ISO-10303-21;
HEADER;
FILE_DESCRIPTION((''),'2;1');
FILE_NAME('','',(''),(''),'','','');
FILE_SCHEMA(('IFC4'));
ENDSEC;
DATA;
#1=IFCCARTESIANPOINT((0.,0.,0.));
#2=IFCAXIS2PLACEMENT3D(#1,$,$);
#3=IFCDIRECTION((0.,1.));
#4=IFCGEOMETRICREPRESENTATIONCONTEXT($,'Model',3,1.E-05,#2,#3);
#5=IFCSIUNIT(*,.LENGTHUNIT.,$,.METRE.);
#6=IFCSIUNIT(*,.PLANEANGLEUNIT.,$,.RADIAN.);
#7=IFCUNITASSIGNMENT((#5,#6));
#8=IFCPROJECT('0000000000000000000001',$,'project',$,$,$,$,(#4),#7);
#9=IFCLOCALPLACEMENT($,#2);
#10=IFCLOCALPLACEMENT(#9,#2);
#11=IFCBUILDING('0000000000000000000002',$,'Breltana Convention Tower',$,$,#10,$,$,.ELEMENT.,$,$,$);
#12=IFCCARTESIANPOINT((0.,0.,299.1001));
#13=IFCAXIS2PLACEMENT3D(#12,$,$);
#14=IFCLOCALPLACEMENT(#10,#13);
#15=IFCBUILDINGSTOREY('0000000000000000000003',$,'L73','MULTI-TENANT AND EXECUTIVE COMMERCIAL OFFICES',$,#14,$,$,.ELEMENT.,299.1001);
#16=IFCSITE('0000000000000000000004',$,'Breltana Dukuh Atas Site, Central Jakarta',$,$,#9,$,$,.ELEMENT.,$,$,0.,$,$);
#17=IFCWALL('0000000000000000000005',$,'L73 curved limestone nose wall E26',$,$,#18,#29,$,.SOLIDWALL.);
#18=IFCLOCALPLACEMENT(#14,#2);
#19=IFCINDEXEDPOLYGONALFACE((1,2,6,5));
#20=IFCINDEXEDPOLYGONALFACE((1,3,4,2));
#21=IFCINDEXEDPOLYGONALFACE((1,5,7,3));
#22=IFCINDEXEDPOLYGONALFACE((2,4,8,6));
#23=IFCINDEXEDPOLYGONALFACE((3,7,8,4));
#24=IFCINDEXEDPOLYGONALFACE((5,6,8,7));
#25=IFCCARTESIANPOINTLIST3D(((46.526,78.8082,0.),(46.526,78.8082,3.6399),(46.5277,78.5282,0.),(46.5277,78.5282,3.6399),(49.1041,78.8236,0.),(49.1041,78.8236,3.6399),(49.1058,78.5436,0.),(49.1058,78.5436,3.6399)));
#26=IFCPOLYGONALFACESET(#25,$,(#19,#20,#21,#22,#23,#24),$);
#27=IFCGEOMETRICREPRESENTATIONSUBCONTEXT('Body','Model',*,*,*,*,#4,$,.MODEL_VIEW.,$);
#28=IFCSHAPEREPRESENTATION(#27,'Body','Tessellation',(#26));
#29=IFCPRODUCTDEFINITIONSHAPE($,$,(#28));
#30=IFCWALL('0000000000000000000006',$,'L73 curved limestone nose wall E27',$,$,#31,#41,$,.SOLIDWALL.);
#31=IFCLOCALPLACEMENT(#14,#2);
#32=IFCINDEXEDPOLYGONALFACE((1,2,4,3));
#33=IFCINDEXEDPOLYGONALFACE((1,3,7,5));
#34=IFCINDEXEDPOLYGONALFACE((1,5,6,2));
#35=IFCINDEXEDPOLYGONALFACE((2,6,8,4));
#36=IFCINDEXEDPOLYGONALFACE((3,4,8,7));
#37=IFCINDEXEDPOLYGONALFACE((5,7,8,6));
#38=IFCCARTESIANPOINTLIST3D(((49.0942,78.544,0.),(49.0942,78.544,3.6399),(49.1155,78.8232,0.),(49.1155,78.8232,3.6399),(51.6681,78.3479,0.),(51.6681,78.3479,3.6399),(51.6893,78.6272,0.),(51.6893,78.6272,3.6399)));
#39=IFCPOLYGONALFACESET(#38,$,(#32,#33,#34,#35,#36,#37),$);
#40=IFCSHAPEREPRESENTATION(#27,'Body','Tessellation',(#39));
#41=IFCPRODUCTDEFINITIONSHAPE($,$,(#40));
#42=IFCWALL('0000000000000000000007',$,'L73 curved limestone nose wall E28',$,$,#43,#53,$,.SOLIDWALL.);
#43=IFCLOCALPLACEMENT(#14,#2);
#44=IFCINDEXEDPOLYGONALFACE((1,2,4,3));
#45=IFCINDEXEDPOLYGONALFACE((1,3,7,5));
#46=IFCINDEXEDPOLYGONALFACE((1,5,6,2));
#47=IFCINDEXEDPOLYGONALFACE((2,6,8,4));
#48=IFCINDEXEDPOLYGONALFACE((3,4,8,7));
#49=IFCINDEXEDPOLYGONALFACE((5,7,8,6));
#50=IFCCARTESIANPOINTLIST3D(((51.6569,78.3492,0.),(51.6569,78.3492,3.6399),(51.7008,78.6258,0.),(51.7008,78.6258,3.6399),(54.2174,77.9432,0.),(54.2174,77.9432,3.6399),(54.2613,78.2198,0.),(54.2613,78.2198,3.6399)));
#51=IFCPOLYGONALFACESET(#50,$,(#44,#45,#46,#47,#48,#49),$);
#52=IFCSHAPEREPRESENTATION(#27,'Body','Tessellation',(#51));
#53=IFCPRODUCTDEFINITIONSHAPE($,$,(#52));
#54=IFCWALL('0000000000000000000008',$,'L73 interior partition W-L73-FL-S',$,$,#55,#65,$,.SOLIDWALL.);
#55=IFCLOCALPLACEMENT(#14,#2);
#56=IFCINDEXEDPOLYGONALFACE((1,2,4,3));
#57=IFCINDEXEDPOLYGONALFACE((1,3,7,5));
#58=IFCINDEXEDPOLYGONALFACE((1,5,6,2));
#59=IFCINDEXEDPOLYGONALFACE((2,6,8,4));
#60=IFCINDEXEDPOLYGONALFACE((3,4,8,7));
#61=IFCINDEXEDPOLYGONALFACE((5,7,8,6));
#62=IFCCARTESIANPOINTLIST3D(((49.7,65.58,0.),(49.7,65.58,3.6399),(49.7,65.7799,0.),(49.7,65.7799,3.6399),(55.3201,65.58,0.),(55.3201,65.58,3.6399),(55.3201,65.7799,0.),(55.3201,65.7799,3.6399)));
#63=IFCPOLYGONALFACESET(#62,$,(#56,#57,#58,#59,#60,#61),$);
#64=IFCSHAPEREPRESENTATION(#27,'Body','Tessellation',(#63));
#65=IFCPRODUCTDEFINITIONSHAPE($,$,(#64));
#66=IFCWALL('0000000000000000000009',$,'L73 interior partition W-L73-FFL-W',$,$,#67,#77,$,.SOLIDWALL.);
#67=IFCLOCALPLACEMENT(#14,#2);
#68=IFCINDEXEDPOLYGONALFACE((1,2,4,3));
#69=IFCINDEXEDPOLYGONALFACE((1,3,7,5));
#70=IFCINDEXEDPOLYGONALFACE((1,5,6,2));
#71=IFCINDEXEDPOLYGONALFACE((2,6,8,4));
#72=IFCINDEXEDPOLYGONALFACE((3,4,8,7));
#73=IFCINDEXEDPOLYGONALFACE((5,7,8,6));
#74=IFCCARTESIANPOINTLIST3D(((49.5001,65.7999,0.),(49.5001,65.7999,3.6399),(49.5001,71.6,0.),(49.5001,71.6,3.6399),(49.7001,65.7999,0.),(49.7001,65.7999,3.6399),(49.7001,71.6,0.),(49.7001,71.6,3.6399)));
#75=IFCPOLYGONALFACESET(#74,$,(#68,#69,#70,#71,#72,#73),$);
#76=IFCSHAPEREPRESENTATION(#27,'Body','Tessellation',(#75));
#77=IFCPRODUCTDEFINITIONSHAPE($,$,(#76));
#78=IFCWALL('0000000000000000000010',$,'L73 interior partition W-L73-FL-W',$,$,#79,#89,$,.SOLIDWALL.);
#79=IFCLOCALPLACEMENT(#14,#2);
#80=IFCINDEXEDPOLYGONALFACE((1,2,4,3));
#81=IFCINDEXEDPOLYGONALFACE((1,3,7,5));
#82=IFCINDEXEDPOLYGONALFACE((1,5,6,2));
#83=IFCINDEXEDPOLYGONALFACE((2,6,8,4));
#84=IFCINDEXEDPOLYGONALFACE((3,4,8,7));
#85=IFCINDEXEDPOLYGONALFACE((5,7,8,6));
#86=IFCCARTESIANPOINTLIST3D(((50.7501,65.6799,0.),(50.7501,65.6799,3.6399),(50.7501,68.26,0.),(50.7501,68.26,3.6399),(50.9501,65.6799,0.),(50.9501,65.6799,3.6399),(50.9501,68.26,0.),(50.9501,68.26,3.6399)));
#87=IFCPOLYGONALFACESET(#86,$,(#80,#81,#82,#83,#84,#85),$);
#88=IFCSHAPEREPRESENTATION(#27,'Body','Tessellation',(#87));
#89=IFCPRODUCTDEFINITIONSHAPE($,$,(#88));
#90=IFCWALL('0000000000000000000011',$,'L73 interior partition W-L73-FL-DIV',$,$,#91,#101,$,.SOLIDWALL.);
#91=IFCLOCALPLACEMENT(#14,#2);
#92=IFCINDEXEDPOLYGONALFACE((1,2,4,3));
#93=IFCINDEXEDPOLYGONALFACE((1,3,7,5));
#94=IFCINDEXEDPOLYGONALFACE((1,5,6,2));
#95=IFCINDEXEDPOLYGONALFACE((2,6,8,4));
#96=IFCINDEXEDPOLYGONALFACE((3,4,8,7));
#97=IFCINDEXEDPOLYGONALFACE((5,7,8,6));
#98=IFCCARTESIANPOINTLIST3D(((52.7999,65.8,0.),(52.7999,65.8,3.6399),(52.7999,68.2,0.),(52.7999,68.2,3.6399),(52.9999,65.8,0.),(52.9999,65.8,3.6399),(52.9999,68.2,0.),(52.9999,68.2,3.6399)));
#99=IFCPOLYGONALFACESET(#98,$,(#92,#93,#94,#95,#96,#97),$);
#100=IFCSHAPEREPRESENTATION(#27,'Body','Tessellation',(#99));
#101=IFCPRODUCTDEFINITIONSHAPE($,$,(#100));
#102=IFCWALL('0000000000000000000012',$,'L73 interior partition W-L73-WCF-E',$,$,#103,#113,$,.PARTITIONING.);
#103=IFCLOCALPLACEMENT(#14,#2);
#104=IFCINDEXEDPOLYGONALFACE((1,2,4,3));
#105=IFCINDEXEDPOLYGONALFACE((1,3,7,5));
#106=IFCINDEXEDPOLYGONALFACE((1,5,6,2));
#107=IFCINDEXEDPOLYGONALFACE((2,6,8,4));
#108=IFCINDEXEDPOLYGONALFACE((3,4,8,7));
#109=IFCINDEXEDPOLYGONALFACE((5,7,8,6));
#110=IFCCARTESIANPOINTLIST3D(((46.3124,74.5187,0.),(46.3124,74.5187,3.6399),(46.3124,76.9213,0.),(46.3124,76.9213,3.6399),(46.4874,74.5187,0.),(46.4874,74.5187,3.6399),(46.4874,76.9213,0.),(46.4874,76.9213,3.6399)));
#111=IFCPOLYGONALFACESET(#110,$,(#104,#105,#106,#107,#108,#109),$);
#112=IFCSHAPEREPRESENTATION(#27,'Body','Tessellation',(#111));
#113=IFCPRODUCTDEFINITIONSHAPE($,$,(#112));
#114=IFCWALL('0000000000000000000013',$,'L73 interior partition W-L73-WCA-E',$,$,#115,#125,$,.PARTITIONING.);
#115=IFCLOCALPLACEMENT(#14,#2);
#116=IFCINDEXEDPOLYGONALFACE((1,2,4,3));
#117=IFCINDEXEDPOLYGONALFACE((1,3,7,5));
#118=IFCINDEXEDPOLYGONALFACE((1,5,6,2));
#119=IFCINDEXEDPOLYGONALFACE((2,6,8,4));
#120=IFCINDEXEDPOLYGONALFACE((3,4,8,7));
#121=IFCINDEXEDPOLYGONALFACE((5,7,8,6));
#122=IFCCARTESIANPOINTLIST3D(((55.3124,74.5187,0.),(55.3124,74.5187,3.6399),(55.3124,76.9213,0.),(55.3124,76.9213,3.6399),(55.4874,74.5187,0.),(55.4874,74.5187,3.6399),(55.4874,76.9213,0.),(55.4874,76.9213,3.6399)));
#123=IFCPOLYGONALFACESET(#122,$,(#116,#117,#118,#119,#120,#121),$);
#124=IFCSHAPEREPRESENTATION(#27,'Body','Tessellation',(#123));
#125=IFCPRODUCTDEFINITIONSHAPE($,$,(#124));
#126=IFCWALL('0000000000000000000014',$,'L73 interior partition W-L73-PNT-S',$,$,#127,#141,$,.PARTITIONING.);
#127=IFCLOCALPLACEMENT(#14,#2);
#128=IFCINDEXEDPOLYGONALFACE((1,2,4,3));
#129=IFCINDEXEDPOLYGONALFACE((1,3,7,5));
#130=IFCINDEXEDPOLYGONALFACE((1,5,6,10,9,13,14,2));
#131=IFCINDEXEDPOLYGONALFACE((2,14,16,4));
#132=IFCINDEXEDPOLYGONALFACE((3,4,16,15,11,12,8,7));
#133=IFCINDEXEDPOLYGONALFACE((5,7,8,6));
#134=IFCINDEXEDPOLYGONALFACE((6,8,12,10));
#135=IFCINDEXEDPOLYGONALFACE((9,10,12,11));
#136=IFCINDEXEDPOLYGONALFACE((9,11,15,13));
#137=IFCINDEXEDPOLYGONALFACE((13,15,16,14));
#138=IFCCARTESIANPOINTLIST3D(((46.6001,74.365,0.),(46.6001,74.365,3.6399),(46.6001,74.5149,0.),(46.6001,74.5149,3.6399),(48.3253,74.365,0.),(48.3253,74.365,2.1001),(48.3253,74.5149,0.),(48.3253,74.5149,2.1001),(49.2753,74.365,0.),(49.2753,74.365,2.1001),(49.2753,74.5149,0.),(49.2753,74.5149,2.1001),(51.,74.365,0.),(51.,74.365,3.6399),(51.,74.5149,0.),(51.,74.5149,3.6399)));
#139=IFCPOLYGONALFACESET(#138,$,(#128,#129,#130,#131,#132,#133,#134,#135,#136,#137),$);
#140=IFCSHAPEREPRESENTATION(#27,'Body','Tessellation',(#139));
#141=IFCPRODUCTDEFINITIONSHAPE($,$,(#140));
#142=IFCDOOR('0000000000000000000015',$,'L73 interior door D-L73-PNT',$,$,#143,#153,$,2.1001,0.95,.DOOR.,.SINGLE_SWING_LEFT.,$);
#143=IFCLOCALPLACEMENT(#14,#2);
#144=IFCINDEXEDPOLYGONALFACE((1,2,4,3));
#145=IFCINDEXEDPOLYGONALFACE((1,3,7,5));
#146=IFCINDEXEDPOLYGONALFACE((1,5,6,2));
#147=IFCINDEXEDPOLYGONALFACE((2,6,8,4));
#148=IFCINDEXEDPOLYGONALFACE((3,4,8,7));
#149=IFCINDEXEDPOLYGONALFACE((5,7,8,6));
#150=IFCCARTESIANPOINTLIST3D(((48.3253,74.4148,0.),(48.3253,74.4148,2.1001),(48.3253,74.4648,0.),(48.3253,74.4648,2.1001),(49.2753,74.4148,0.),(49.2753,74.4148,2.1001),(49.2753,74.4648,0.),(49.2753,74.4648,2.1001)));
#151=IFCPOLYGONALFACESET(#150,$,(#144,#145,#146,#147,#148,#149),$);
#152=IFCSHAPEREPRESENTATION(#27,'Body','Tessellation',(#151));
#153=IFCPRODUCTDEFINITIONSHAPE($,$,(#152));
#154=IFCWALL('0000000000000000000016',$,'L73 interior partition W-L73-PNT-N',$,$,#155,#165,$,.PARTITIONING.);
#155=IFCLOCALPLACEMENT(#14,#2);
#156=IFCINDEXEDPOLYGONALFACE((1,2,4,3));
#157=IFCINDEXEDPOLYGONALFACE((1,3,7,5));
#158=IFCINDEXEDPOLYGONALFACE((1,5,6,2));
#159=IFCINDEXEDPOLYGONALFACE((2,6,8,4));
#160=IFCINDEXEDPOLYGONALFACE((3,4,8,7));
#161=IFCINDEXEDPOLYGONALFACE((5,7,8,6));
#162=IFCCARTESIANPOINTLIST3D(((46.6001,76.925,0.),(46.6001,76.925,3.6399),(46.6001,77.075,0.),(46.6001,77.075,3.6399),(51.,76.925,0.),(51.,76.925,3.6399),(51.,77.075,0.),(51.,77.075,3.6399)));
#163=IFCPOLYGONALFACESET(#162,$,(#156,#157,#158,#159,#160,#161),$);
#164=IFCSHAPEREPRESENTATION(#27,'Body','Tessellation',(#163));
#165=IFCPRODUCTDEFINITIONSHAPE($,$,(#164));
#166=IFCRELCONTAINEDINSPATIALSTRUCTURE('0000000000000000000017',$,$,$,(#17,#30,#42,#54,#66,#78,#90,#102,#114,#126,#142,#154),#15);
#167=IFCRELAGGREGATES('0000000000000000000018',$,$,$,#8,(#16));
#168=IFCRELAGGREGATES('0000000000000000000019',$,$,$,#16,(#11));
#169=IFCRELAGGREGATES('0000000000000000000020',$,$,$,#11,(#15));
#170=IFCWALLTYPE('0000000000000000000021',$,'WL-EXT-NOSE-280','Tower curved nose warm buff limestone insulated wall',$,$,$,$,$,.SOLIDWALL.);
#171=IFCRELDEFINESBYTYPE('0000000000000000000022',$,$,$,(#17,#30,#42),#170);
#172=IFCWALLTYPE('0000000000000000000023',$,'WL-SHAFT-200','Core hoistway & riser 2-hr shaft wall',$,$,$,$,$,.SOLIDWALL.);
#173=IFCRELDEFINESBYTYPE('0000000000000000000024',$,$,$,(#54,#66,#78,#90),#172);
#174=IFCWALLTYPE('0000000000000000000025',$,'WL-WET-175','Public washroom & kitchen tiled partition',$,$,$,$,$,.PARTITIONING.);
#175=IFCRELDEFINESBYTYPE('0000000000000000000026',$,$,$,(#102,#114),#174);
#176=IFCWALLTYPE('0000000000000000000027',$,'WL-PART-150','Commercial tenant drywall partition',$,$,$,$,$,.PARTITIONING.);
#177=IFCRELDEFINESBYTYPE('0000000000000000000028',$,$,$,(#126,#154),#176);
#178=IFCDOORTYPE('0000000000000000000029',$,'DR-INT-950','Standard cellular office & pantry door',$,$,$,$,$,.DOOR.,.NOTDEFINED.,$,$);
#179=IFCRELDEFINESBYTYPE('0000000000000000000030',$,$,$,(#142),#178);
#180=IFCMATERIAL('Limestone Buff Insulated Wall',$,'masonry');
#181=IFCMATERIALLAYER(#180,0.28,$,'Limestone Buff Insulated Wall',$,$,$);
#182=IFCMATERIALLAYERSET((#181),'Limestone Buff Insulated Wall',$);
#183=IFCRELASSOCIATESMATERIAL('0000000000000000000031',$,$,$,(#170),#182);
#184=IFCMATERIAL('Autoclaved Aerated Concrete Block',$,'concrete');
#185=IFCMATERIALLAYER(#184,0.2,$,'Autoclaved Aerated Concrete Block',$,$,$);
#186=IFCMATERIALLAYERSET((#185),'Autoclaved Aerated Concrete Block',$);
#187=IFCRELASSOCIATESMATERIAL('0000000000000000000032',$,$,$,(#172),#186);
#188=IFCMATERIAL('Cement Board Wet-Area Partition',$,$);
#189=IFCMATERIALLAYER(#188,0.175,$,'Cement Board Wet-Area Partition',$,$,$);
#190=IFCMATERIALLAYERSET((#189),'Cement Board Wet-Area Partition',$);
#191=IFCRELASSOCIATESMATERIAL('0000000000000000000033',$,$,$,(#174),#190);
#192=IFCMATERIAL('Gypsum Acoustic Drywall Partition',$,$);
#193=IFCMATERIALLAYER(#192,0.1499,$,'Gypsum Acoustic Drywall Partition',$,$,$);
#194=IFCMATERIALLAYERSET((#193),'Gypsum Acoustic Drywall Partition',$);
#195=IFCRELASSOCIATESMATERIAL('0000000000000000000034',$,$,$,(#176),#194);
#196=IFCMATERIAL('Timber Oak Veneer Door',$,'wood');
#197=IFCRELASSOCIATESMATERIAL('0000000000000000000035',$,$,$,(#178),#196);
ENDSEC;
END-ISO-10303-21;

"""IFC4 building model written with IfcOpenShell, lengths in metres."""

from ifc_helpers import new_model, si_unit, direction, frame, frame_2d, origin, place, context, subcontext, project, spatial, rectangle, extrude, source, transform, mapped, material, layer, layer_set, type_object, type_shapes, element, fill, save


model = new_model("IFC4")

# Units and contexts
model_context = context("Model", 3, precision=1e-05, world=origin(), true_north=direction((0.0, 1.0)))
body_context = subcontext(model_context, "Body", "Model", "MODEL_VIEW")
ifc_project = project(units=[si_unit("LENGTHUNIT", "METRE"), si_unit("PLANEANGLEUNIT", "RADIAN")], contexts=[model_context])

# Site, building, storey
site_placement = place(None, origin())
site = spatial("IfcSite", under=ifc_project, at=site_placement, Name="Breltana Dukuh Atas Site, Central Jakarta", CompositionType="ELEMENT", RefElevation=0.0)
building_placement = place(site_placement, origin())
building = spatial("IfcBuilding", under=site, at=building_placement, Name="Breltana Convention Tower", CompositionType="ELEMENT")
storey_placement = place(building_placement, frame((0.0, 0.0, 299.1001)))
storey = spatial("IfcBuildingStorey", under=building, at=storey_placement, Name="L73", Description="MULTI-TENANT AND EXECUTIVE COMMERCIAL OFFICES", CompositionType="ELEMENT", Elevation=299.1001)

# Walls
ifc_material_1 = material(Name="Limestone Buff Insulated Wall", Category="masonry")
ifc_layer_1 = layer(ifc_material_1, 0.28, Name="Limestone Buff Insulated Wall")
ifc_layer_set_1 = layer_set([ifc_layer_1], Name="Limestone Buff Insulated Wall")
wall_type_1 = type_object("IfcWallType", Name="WL-EXT-NOSE-280", Description="Tower curved nose warm buff limestone insulated wall", PredefinedType="SOLIDWALL", material=ifc_layer_set_1)
shared_shape_1 = source(origin(), body_context, "Body", "SweptSolid", [
    extrude(rectangle(XDim=2.5781, YDim=0.28, at=frame_2d((1.2891, 0.0))), origin(), (0.0, 0.0, 1.0), 3.6399),
])
wall_1_placement = place(storey_placement, frame((46.5269, 78.6682, 0.0), z_axis=(0.0, 0.0, 1.0), x_axis=(0.999982, 0.005966, 0.0)))
element("IfcWall", 1, at=wall_1_placement, inside=storey, type_object=wall_type_1, Name="L73 curved limestone nose wall E26", PredefinedType="SOLIDWALL", context=body_context, shape_type="MappedRepresentation", body=[
    mapped(shared_shape_1, transform((0.0, 0.0, 0.0), scale=1.0)),
])
shared_shape_2 = source(origin(), body_context, "Body", "SweptSolid", [
    extrude(rectangle(XDim=2.5813, YDim=0.28, at=frame_2d((1.2905, 0.0))), origin(), (0.0, 0.0, 1.0), 3.6399),
])
wall_2_placement = place(storey_placement, frame((49.105, 78.6836, 0.0), z_axis=(0.0, 0.0, 1.0), x_axis=(0.997112, -0.075951, 0.0)))
element("IfcWall", 2, at=wall_2_placement, inside=storey, type_object=wall_type_1, Name="L73 curved limestone nose wall E27", PredefinedType="SOLIDWALL", context=body_context, shape_type="MappedRepresentation", body=[
    mapped(shared_shape_2, transform((0.0, 0.0, 0.0), scale=1.0)),
])
shared_shape_3 = source(origin(), body_context, "Body", "SweptSolid", [
    extrude(rectangle(XDim=2.5925, YDim=0.28, at=frame_2d((1.2964, 0.0))), origin(), (0.0, 0.0, 1.0), 3.6399),
])
wall_3_placement = place(storey_placement, frame((51.6787, 78.4875, 0.0), z_axis=(0.0, 0.0, 1.0), x_axis=(0.987661, -0.156606, 0.0)))
element("IfcWall", 3, at=wall_3_placement, inside=storey, type_object=wall_type_1, Name="L73 curved limestone nose wall E28", PredefinedType="SOLIDWALL", context=body_context, shape_type="MappedRepresentation", body=[
    mapped(shared_shape_3, transform((0.0, 0.0, 0.0), scale=1.0)),
])

# Shared definitions
ifc_material_2 = material(Name="Autoclaved Aerated Concrete Block", Category="concrete")
ifc_layer_2 = layer(ifc_material_2, 0.2, Name="Autoclaved Aerated Concrete Block")
ifc_layer_set_2 = layer_set([ifc_layer_2], Name="Autoclaved Aerated Concrete Block")
wall_type_2 = type_object("IfcWallType", Name="WL-SHAFT-200", Description="Core hoistway & riser 2-hr shaft wall", PredefinedType="SOLIDWALL", material=ifc_layer_set_2)
shared_shape_4 = source(origin(), body_context, "Body", "SweptSolid", [
    extrude(rectangle(XDim=5.6201, YDim=0.2, at=frame_2d((2.8101, 0.0))), origin(), (0.0, 0.0, 1.0), 3.6399),
])

# Walls
wall_4_placement = place(storey_placement, frame((49.7, 65.6799, 0.0), z_axis=(0.0, 0.0, 1.0), x_axis=(1.0, 0.0, 0.0)))
element("IfcWall", 4, at=wall_4_placement, inside=storey, type_object=wall_type_2, Name="L73 interior partition W-L73-FL-S", PredefinedType="SOLIDWALL", context=body_context, shape_type="MappedRepresentation", body=[
    mapped(shared_shape_4, transform((0.0, 0.0, 0.0), scale=1.0)),
])
shared_shape_5 = source(origin(), body_context, "Body", "SweptSolid", [
    extrude(rectangle(XDim=5.8, YDim=0.2, at=frame_2d((2.8999, 0.0))), origin(), (0.0, 0.0, 1.0), 3.6399),
])
wall_5_placement = place(storey_placement, frame((49.6001, 65.8, 0.0), z_axis=(0.0, 0.0, 1.0), x_axis=(0.0, 1.0, 0.0)))
element("IfcWall", 5, at=wall_5_placement, inside=storey, type_object=wall_type_2, Name="L73 interior partition W-L73-FFL-W", PredefinedType="SOLIDWALL", context=body_context, shape_type="MappedRepresentation", body=[
    mapped(shared_shape_5, transform((0.0, 0.0, 0.0), scale=1.0)),
])
shared_shape_6 = source(origin(), body_context, "Body", "SweptSolid", [
    extrude(rectangle(XDim=2.5801, YDim=0.2, at=frame_2d((1.29, 0.0))), origin(), (0.0, 0.0, 1.0), 3.6399),
])
wall_6_placement = place(storey_placement, frame((50.8501, 65.6799, 0.0), z_axis=(0.0, 0.0, 1.0), x_axis=(0.0, 1.0, 0.0)))
element("IfcWall", 6, at=wall_6_placement, inside=storey, type_object=wall_type_2, Name="L73 interior partition W-L73-FL-W", PredefinedType="SOLIDWALL", context=body_context, shape_type="MappedRepresentation", body=[
    mapped(shared_shape_6, transform((0.0, 0.0, 0.0), scale=1.0)),
])
shared_shape_7 = source(origin(), body_context, "Body", "SweptSolid", [
    extrude(rectangle(XDim=2.3999, YDim=0.2, at=frame_2d((1.2, 0.0))), origin(), (0.0, 0.0, 1.0), 3.6399),
])
wall_7_placement = place(storey_placement, frame((52.8999, 65.8, 0.0), z_axis=(0.0, 0.0, 1.0), x_axis=(0.0, 1.0, 0.0)))
element("IfcWall", 7, at=wall_7_placement, inside=storey, type_object=wall_type_2, Name="L73 interior partition W-L73-FL-DIV", PredefinedType="SOLIDWALL", context=body_context, shape_type="MappedRepresentation", body=[
    mapped(shared_shape_7, transform((0.0, 0.0, 0.0), scale=1.0)),
])
ifc_material_3 = material(Name="Cement Board Wet-Area Partition")
ifc_layer_3 = layer(ifc_material_3, 0.175, Name="Cement Board Wet-Area Partition")
ifc_layer_set_3 = layer_set([ifc_layer_3], Name="Cement Board Wet-Area Partition")
wall_type_3 = type_object("IfcWallType", Name="WL-WET-175", Description="Public washroom & kitchen tiled partition", PredefinedType="PARTITIONING", material=ifc_layer_set_3)
shared_shape_8 = source(origin(), body_context, "Body", "SweptSolid", [
    extrude(rectangle(XDim=2.4026, YDim=0.175, at=frame_2d((1.2012, 0.0))), origin(), (0.0, 0.0, 1.0), 3.6399),
])
for number, where, z_axis, x_axis, name in (
    (8, (46.3999, 74.5188, 0.0), (0.0, 0.0, 1.0), (0.0, 1.0, 0.0), "L73 interior partition W-L73-WCF-E"),
    (9, (55.3999, 74.5188, 0.0), (0.0, 0.0, 1.0), (0.0, 1.0, 0.0), "L73 interior partition W-L73-WCA-E"),
):
    element("IfcWall", number, at=place(storey_placement, frame(where, z_axis=z_axis, x_axis=x_axis)), inside=storey, type_object=wall_type_3, Name=name, PredefinedType="PARTITIONING", context=body_context, shape_type="MappedRepresentation", body=[
        mapped(shared_shape_8, transform((0.0, 0.0, 0.0), scale=1.0)),
    ])

# Wall, opening, door
ifc_material_4 = material(Name="Gypsum Acoustic Drywall Partition")
ifc_layer_4 = layer(ifc_material_4, 0.1499, Name="Gypsum Acoustic Drywall Partition")
ifc_layer_set_4 = layer_set([ifc_layer_4], Name="Gypsum Acoustic Drywall Partition")
wall_type_4 = type_object("IfcWallType", Name="WL-PART-150", Description="Commercial tenant drywall partition", PredefinedType="PARTITIONING", material=ifc_layer_set_4)
shared_shape_9 = source(origin(), body_context, "Body", "SweptSolid", [
    extrude(rectangle(XDim=4.3999, YDim=0.1499, at=frame_2d((2.2, 0.0))), origin(), (0.0, 0.0, 1.0), 3.6399),
])
wall_8_placement = place(storey_placement, frame((46.6001, 74.4399, 0.0), z_axis=(0.0, 0.0, 1.0), x_axis=(1.0, 0.0, 0.0)))
wall_8 = element("IfcWall", 10, at=wall_8_placement, inside=storey, type_object=wall_type_4, Name="L73 interior partition W-L73-PNT-S", PredefinedType="PARTITIONING", context=body_context, shape_type="MappedRepresentation", body=[
    mapped(shared_shape_9, transform((0.0, 0.0, 0.0), scale=1.0)),
])
opening_1_placement = place(wall_8_placement, frame((1.7251, 0.0, 0.0)))
opening_1 = element("IfcOpeningElement", 11, at=opening_1_placement, cuts=wall_8, PredefinedType="OPENING", context=body_context, shape_type="SweptSolid", body=[
    extrude(rectangle(XDim=0.95, YDim=2.1001, at=frame_2d((0.4751, 1.05))), frame((0.0, 0.085, 0.0), z_axis=(0.0, -1.0, 0.0), x_axis=(1.0, 0.0, 0.0)), (0.0, 0.0, 1.0), 0.1699),
])
ifc_material_5 = material(Name="Timber Oak Veneer Door", Category="wood")
door_type_1 = type_object("IfcDoorType", Name="DR-INT-950", Description="Standard cellular office & pantry door", OperationType="NOTDEFINED", PredefinedType="DOOR", material=ifc_material_5)
shared_shape_10 = source(origin(), body_context, "Body", "SweptSolid", [
    extrude(rectangle(XDim=0.95, YDim=2.1001, at=frame_2d((0.4751, 1.05))), frame((0.0, 0.0249, 0.0), z_axis=(0.0, -1.0, 0.0), x_axis=(1.0, 0.0, 0.0)), (0.0, 0.0, 1.0), 0.05),
])
type_shapes(door_type_1, [shared_shape_10])
door_1_placement = place(opening_1_placement, origin())
door_1 = element("IfcDoor", 12, at=door_1_placement, inside=storey, type_object=door_type_1, Name="L73 interior door D-L73-PNT", OperationType="SINGLE_SWING_LEFT", OverallHeight=2.1001, OverallWidth=0.95, PredefinedType="DOOR", context=body_context, shape_type="MappedRepresentation", body=[
    mapped(shared_shape_10, transform((0.0, 0.0, 0.0), scale=1.0)),
])
fill(opening_1, door_1)

# Wall
wall_9_placement = place(storey_placement, frame((46.6001, 77.0, 0.0), z_axis=(0.0, 0.0, 1.0), x_axis=(1.0, 0.0, 0.0)))
element("IfcWall", 13, at=wall_9_placement, inside=storey, type_object=wall_type_4, Name="L73 interior partition W-L73-PNT-N", PredefinedType="PARTITIONING", context=body_context, shape_type="MappedRepresentation", body=[
    mapped(shared_shape_9, transform((0.0, 0.0, 0.0), scale=1.0)),
])

save(model, "model.ifc")
